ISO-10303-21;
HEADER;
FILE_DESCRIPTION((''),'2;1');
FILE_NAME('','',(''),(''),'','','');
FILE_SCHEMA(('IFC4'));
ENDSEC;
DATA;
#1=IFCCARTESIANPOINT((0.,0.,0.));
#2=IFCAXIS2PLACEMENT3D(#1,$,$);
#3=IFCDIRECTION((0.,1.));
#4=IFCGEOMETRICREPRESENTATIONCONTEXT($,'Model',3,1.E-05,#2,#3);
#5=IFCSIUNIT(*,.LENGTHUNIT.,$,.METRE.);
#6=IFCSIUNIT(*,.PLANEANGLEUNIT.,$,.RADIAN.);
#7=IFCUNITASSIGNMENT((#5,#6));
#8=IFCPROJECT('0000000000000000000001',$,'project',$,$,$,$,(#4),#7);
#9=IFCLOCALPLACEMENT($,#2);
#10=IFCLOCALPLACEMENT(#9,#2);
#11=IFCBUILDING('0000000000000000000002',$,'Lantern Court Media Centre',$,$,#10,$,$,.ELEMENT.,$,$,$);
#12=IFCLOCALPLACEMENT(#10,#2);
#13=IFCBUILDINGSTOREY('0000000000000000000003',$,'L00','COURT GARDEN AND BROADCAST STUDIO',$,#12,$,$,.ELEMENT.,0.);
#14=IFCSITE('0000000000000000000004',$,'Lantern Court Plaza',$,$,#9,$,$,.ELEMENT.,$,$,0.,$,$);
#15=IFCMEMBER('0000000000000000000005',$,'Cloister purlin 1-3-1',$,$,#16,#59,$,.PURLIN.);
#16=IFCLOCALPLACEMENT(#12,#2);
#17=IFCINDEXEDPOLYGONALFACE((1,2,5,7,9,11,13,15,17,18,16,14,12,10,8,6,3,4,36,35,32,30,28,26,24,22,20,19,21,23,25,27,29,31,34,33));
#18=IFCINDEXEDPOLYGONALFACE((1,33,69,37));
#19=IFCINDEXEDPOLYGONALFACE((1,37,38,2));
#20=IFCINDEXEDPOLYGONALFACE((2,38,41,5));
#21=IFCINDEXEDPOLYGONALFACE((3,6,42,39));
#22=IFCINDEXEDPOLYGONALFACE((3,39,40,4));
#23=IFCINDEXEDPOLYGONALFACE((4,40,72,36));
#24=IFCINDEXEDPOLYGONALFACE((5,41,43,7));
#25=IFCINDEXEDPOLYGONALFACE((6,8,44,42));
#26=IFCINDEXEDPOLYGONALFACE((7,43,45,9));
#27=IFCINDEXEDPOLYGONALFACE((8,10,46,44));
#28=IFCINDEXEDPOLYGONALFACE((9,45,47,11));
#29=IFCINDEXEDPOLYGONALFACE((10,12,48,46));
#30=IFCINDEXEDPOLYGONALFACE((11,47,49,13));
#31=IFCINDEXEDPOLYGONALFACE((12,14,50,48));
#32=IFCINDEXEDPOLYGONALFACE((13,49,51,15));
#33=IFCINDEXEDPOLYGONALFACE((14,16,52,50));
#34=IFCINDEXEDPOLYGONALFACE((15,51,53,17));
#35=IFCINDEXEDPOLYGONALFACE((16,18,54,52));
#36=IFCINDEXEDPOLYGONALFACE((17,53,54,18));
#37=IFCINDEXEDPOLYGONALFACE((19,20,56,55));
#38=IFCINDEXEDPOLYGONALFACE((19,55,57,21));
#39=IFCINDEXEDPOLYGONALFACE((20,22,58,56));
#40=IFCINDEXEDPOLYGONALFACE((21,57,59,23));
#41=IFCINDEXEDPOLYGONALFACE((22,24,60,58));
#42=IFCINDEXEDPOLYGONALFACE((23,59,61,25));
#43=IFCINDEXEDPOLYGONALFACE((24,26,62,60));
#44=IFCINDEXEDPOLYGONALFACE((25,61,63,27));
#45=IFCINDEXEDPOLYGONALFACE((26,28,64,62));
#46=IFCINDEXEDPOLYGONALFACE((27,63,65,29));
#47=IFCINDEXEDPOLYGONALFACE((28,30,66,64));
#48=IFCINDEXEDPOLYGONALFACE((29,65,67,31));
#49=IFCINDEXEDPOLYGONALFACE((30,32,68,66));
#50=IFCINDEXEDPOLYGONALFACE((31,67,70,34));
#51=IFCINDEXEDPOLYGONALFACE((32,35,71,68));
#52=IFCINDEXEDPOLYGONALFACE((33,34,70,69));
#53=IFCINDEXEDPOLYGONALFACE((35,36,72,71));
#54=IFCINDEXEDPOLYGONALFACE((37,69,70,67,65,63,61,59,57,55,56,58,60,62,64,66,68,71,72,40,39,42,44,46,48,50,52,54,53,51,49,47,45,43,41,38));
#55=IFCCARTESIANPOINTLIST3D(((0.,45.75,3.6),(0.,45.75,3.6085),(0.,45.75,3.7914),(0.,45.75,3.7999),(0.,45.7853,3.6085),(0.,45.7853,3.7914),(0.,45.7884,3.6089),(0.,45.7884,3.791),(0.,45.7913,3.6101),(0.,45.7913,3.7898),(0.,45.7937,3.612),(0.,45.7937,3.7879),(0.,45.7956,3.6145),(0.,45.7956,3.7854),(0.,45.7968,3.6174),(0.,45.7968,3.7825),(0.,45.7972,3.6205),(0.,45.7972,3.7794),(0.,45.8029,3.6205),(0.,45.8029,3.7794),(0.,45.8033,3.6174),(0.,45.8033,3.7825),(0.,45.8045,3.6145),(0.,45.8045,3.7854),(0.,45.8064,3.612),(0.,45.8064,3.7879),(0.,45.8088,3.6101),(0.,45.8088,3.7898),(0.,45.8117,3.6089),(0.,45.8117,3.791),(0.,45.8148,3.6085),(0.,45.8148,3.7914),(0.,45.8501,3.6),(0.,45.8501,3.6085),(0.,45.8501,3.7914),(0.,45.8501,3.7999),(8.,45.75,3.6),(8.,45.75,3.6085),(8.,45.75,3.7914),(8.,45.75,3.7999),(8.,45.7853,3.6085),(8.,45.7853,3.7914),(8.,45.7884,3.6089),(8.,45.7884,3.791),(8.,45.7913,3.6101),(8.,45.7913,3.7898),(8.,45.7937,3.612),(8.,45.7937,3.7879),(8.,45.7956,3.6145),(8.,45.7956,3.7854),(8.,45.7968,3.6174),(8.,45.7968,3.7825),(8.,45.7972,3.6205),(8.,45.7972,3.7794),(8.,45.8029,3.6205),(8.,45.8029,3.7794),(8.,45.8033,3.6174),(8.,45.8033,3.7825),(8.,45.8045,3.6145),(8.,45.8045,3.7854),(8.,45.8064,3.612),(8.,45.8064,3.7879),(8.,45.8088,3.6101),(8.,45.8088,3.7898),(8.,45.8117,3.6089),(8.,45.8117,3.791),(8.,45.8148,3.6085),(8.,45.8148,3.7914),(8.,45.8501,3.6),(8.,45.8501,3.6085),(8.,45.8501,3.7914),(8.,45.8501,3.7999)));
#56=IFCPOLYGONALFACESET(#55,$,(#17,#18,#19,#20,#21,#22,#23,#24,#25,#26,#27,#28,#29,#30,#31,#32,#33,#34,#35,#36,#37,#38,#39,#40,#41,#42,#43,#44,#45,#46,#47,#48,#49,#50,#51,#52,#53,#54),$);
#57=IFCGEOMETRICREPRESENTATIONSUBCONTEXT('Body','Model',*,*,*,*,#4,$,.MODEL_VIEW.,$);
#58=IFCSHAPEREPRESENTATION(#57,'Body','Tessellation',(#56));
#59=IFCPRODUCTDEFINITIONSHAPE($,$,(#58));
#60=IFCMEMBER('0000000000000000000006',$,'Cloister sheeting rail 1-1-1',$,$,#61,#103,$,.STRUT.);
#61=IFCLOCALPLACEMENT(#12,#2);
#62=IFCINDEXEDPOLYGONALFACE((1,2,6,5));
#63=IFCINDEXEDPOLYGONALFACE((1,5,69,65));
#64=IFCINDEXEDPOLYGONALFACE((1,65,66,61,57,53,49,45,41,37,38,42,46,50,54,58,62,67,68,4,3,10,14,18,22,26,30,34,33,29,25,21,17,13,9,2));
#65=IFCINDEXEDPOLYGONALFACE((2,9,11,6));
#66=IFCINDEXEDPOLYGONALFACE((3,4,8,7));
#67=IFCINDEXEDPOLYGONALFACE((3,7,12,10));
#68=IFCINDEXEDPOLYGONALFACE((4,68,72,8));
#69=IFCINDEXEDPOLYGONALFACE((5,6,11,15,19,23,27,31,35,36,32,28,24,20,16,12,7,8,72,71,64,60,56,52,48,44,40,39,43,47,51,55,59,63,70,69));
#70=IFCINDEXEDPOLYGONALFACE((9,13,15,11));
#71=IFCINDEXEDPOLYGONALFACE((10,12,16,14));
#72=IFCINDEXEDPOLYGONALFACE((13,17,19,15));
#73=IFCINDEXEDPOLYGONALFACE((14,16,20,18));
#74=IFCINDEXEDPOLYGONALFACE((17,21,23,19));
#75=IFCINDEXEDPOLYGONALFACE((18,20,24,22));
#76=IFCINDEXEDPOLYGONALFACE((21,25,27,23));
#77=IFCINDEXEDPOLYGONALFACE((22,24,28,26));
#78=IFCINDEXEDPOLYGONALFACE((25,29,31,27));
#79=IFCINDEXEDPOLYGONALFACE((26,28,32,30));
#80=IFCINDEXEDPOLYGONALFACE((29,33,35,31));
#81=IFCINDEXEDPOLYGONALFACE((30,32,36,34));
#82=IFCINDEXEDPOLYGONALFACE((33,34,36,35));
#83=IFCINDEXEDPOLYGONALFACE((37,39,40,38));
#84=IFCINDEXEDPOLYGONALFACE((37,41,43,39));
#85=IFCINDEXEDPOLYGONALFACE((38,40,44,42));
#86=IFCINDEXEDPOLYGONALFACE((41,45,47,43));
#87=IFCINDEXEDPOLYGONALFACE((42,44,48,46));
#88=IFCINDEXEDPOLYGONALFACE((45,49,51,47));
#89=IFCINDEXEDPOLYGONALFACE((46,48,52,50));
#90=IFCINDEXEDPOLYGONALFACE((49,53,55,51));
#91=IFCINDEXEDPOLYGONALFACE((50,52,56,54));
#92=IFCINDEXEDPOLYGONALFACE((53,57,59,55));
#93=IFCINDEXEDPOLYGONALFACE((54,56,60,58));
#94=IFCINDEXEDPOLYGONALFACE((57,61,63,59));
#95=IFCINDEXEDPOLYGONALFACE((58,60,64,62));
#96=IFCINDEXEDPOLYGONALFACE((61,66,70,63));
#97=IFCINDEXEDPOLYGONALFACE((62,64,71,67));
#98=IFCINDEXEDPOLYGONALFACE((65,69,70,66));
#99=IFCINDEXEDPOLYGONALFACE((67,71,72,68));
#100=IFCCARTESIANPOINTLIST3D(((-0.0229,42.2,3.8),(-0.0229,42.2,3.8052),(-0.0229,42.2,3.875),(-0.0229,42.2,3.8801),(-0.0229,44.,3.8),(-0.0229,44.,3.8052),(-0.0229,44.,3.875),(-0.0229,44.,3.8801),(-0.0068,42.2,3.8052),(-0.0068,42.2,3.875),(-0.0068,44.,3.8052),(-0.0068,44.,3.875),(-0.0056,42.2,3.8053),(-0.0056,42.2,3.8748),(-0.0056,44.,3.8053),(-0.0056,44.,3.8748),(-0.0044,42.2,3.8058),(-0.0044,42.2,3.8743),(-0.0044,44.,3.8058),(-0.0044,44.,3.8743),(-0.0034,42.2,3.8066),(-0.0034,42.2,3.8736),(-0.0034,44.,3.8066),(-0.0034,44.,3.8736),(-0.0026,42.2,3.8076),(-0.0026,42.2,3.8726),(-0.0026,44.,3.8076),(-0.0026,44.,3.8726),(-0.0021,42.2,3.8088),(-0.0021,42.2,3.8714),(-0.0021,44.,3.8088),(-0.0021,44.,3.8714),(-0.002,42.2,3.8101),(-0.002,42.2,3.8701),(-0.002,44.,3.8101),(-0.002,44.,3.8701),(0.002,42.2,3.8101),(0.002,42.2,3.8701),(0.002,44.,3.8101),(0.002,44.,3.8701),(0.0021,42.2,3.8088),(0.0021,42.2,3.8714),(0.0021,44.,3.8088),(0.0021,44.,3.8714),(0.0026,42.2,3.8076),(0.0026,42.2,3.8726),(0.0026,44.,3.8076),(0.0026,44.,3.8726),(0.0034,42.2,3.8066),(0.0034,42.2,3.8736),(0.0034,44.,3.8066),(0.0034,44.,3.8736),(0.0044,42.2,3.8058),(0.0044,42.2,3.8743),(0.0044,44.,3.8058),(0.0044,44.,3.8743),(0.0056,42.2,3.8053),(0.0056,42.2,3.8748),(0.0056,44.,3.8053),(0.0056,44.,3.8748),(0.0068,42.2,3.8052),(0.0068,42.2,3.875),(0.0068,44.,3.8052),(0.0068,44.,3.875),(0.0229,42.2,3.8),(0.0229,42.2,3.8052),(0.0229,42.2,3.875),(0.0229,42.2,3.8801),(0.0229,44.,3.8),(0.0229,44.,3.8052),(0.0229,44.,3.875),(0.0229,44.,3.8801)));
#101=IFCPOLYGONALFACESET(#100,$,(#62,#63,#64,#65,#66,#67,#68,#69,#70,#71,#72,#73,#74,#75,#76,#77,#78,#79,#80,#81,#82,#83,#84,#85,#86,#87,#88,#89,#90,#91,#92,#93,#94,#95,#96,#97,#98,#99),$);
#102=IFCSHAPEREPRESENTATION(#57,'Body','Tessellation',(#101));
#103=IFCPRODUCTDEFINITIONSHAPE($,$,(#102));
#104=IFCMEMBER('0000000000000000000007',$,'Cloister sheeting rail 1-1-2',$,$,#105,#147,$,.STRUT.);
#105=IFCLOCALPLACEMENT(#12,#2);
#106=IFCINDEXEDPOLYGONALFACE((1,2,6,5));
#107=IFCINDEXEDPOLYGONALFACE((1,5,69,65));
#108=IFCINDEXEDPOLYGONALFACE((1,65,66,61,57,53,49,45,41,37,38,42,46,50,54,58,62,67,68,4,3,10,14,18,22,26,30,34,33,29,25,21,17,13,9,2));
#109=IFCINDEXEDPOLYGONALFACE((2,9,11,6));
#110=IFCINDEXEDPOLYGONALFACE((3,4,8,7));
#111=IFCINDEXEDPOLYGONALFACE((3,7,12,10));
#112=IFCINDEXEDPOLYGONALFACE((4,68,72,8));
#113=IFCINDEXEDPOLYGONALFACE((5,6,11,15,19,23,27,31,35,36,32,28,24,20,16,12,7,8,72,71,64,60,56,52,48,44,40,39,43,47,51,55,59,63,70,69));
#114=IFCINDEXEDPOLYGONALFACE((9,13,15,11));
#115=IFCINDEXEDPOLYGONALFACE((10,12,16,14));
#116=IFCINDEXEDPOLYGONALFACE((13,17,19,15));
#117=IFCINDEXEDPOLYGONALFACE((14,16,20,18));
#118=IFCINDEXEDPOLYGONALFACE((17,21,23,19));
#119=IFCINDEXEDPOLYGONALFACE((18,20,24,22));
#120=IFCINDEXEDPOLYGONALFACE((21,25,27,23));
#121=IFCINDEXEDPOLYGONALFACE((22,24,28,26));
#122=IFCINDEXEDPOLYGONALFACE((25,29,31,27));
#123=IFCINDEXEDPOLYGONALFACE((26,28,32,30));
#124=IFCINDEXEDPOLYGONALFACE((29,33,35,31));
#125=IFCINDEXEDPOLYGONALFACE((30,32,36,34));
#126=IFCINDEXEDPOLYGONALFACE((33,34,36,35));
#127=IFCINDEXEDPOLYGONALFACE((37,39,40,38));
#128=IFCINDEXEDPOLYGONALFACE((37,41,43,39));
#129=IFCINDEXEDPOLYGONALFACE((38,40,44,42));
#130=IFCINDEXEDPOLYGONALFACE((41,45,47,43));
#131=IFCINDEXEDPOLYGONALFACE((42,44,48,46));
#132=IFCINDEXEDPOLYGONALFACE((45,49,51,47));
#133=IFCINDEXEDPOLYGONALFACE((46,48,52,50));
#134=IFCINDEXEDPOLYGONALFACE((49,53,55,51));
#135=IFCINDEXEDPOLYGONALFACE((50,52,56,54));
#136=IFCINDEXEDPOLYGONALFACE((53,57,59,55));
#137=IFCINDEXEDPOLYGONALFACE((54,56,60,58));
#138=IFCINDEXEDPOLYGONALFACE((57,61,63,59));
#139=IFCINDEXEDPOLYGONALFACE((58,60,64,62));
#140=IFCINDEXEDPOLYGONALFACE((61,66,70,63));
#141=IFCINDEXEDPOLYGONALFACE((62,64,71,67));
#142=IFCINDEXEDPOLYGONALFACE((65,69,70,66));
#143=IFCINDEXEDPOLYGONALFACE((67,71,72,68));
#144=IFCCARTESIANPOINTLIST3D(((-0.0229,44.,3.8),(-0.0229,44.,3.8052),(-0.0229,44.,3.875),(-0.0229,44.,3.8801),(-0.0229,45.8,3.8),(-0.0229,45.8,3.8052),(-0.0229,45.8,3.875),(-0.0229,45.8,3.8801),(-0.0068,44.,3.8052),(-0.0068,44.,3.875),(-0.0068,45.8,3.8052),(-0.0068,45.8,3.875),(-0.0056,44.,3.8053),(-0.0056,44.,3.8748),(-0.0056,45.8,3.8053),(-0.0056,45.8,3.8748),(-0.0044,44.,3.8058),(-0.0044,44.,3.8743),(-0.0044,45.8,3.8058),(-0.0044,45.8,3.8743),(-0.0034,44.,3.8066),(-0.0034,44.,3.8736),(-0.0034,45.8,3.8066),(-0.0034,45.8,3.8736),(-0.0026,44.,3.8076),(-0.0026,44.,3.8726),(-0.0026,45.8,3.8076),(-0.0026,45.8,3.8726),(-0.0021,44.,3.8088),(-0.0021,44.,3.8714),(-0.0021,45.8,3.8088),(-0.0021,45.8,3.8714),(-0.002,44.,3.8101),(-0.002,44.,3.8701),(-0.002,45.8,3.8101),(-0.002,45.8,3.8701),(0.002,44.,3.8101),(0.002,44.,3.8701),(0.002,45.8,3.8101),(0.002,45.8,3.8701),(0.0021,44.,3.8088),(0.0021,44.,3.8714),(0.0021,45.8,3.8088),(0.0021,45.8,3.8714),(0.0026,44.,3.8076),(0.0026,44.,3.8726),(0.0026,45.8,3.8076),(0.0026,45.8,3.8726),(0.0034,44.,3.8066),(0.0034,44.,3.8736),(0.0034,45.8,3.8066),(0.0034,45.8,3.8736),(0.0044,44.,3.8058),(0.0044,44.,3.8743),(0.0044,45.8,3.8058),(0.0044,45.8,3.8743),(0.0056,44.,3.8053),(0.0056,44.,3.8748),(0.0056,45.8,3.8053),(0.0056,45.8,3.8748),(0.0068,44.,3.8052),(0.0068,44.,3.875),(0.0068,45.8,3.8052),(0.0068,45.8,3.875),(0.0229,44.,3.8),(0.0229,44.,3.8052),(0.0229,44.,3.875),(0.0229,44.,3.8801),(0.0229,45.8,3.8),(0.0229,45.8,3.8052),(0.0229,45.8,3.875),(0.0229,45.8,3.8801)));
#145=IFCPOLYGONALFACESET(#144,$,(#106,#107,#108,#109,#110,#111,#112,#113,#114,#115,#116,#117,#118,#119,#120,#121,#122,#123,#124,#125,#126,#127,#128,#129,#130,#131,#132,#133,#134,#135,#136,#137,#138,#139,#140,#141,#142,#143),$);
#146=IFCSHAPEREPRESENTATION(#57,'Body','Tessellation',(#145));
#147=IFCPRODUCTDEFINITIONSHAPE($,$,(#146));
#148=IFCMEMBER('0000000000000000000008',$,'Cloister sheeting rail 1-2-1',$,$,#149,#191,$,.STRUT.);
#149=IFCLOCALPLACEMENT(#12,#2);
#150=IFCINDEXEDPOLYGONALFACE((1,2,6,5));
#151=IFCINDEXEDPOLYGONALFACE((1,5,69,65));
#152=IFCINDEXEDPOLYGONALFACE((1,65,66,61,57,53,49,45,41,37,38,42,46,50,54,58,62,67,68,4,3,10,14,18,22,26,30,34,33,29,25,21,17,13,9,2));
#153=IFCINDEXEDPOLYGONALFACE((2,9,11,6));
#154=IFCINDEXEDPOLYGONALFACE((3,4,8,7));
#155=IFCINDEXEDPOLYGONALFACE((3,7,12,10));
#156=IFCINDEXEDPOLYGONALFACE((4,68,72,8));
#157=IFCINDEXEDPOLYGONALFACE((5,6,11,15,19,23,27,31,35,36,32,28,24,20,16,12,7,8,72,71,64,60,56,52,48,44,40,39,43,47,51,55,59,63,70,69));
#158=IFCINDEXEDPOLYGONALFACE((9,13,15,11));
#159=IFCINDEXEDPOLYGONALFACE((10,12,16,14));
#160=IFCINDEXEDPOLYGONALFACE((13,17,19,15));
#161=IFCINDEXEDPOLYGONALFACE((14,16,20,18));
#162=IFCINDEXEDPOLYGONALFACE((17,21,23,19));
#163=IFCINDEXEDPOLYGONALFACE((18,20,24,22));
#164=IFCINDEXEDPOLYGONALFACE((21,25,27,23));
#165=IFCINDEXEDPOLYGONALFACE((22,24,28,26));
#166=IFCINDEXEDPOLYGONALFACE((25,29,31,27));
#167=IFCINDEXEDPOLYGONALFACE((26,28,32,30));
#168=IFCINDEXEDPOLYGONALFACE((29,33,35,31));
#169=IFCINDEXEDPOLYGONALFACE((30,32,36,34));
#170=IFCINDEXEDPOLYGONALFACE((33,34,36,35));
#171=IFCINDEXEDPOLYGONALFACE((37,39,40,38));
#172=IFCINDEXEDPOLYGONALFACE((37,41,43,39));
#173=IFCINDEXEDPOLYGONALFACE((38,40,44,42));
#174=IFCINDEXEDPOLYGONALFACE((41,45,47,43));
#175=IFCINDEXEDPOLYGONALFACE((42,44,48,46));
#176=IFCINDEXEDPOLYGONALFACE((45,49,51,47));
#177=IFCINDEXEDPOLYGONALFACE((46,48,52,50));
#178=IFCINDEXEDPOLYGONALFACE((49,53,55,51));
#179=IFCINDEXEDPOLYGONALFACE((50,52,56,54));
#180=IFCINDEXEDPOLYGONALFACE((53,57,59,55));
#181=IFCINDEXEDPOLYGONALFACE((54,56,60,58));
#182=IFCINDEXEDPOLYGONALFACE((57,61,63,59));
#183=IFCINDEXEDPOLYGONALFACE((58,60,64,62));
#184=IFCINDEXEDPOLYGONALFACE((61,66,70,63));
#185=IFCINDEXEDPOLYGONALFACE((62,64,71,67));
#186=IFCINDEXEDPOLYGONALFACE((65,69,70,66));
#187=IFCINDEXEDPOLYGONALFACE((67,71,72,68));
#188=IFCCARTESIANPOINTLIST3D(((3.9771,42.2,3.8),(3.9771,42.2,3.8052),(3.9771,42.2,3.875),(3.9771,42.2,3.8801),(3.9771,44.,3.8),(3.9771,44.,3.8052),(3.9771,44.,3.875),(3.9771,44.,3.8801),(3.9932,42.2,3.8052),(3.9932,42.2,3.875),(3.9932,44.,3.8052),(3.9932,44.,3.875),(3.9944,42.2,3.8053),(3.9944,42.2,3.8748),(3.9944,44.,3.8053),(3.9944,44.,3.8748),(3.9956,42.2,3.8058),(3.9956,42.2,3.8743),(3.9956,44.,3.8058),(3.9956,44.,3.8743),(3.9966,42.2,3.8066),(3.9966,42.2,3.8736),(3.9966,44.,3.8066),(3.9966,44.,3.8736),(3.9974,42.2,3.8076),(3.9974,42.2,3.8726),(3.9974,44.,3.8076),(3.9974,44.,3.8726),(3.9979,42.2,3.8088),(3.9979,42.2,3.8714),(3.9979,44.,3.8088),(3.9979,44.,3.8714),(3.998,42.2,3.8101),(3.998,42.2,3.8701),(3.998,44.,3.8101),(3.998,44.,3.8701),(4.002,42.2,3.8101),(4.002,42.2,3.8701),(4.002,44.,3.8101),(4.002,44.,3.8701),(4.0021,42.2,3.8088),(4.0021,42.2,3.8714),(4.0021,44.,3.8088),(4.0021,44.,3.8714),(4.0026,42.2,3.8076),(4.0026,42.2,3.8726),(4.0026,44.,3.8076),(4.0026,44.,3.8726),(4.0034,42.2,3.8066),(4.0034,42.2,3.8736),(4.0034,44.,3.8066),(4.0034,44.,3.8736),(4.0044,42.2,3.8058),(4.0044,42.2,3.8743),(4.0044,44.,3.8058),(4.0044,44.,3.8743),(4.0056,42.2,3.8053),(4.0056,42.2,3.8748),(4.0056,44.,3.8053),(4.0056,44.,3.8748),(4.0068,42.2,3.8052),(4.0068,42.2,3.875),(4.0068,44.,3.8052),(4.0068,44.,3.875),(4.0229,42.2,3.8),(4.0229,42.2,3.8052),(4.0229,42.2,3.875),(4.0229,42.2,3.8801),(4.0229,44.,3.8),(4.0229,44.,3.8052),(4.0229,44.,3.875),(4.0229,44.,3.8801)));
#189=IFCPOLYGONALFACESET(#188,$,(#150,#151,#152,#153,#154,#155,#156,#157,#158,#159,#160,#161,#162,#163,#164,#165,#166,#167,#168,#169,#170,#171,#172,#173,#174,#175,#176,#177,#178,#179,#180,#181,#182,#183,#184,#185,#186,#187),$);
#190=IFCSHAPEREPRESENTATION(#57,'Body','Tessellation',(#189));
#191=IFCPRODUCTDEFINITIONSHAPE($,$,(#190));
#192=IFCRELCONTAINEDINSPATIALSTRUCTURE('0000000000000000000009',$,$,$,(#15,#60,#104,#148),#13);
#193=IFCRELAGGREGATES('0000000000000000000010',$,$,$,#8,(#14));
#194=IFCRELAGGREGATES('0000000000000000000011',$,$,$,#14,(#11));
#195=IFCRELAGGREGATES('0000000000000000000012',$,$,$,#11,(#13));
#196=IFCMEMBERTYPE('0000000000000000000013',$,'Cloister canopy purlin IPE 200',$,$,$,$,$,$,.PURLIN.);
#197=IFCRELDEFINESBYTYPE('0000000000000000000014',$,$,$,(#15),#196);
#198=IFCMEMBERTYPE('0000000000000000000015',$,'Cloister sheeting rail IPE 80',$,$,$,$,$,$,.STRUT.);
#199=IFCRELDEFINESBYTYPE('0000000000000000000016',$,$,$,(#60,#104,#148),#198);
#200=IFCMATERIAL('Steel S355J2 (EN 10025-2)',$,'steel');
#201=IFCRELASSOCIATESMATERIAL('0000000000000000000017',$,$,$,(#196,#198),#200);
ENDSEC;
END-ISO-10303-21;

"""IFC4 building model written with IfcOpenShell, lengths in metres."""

from ifc_helpers import new_model, si_unit, direction, frame, origin, origin_2d, place, context, subcontext, project, spatial, i_section, extrude, material, material_profile, profile_set, type_object, element, save


model = new_model("IFC4")

# Units and contexts
model_context = context("Model", 3, precision=1e-05, world=origin(), true_north=direction((0.0, 1.0)))
body_context = subcontext(model_context, "Body", "Model", "MODEL_VIEW")
ifc_project = project(units=[si_unit("LENGTHUNIT", "METRE"), si_unit("PLANEANGLEUNIT", "RADIAN")], contexts=[model_context])

# Site, building, storey
site_placement = place(None, origin())
site = spatial("IfcSite", under=ifc_project, at=site_placement, Name="Lantern Court Plaza", CompositionType="ELEMENT", RefElevation=0.0)
building_placement = place(site_placement, origin())
building = spatial("IfcBuilding", under=site, at=building_placement, Name="Lantern Court Media Centre", CompositionType="ELEMENT")
storey_placement = place(building_placement, origin())
storey = spatial("IfcBuildingStorey", under=building, at=storey_placement, Name="L00", Description="COURT GARDEN AND BROADCAST STUDIO", CompositionType="ELEMENT", Elevation=0.0)

# Shared definitions
ifc_material_1 = material(Name="Steel S355J2 (EN 10025-2)", Category="steel")

# Members
ifc_material_profile_1 = material_profile(ifc_material_1, i_section(OverallWidth=0.1001, OverallDepth=0.2, WebThickness=0.0056, FlangeThickness=0.0085, FilletRadius=0.012, at=origin_2d()), Name="IPE 200")
ifc_profile_set_1 = profile_set([ifc_material_profile_1], Name="Steel S355J2 (EN 10025-2)")
member_type_1 = type_object("IfcMemberType", Name="Cloister canopy purlin IPE 200", PredefinedType="PURLIN", material=ifc_profile_set_1)
for number, where, z_axis, x_axis, name in (
    (1, (0.0, 45.8, 3.7), (1.0, 0.0, 0.0), (0.0, 1.0, 0.0), "Cloister purlin 1-3-1"),
):
    element("IfcMember", number, at=place(storey_placement, frame(where, z_axis=z_axis, x_axis=x_axis)), inside=storey, type_object=member_type_1, Name=name, PredefinedType="PURLIN", context=body_context, shape_type="SweptSolid", body=[
        extrude(i_section(OverallWidth=0.1001, OverallDepth=0.2, WebThickness=0.0056, FlangeThickness=0.0085, FilletRadius=0.012, at=origin_2d()), origin(), (0.0, 0.0, 1.0), 8.0),
    ])
ifc_material_profile_2 = material_profile(ifc_material_1, i_section(OverallWidth=0.0459, OverallDepth=0.0801, WebThickness=0.0039, FlangeThickness=0.0051, FilletRadius=0.0049, at=origin_2d()), Name="IPE 80")
ifc_profile_set_2 = profile_set([ifc_material_profile_2], Name="Steel S355J2 (EN 10025-2)")
member_type_2 = type_object("IfcMemberType", Name="Cloister sheeting rail IPE 80", PredefinedType="STRUT", material=ifc_profile_set_2)
for number, where, z_axis, x_axis, name in (
    (2, (0.0, 42.2, 3.8401), (0.0, 1.0, 0.0), (-1.0, 0.0, 0.0), "Cloister sheeting rail 1-1-1"),
    (3, (0.0, 44.0, 3.8401), (0.0, 1.0, 0.0), (-1.0, 0.0, 0.0), "Cloister sheeting rail 1-1-2"),
    (4, (4.0, 42.2, 3.8401), (0.0, 1.0, 0.0), (-1.0, 0.0, 0.0), "Cloister sheeting rail 1-2-1"),
):
    element("IfcMember", number, at=place(storey_placement, frame(where, z_axis=z_axis, x_axis=x_axis)), inside=storey, type_object=member_type_2, Name=name, PredefinedType="STRUT", context=body_context, shape_type="SweptSolid", body=[
        extrude(i_section(OverallWidth=0.0459, OverallDepth=0.0801, WebThickness=0.0039, FlangeThickness=0.0051, FilletRadius=0.0049, at=origin_2d()), origin(), (0.0, 0.0, 1.0), 1.8),
    ])

save(model, "model.ifc")
